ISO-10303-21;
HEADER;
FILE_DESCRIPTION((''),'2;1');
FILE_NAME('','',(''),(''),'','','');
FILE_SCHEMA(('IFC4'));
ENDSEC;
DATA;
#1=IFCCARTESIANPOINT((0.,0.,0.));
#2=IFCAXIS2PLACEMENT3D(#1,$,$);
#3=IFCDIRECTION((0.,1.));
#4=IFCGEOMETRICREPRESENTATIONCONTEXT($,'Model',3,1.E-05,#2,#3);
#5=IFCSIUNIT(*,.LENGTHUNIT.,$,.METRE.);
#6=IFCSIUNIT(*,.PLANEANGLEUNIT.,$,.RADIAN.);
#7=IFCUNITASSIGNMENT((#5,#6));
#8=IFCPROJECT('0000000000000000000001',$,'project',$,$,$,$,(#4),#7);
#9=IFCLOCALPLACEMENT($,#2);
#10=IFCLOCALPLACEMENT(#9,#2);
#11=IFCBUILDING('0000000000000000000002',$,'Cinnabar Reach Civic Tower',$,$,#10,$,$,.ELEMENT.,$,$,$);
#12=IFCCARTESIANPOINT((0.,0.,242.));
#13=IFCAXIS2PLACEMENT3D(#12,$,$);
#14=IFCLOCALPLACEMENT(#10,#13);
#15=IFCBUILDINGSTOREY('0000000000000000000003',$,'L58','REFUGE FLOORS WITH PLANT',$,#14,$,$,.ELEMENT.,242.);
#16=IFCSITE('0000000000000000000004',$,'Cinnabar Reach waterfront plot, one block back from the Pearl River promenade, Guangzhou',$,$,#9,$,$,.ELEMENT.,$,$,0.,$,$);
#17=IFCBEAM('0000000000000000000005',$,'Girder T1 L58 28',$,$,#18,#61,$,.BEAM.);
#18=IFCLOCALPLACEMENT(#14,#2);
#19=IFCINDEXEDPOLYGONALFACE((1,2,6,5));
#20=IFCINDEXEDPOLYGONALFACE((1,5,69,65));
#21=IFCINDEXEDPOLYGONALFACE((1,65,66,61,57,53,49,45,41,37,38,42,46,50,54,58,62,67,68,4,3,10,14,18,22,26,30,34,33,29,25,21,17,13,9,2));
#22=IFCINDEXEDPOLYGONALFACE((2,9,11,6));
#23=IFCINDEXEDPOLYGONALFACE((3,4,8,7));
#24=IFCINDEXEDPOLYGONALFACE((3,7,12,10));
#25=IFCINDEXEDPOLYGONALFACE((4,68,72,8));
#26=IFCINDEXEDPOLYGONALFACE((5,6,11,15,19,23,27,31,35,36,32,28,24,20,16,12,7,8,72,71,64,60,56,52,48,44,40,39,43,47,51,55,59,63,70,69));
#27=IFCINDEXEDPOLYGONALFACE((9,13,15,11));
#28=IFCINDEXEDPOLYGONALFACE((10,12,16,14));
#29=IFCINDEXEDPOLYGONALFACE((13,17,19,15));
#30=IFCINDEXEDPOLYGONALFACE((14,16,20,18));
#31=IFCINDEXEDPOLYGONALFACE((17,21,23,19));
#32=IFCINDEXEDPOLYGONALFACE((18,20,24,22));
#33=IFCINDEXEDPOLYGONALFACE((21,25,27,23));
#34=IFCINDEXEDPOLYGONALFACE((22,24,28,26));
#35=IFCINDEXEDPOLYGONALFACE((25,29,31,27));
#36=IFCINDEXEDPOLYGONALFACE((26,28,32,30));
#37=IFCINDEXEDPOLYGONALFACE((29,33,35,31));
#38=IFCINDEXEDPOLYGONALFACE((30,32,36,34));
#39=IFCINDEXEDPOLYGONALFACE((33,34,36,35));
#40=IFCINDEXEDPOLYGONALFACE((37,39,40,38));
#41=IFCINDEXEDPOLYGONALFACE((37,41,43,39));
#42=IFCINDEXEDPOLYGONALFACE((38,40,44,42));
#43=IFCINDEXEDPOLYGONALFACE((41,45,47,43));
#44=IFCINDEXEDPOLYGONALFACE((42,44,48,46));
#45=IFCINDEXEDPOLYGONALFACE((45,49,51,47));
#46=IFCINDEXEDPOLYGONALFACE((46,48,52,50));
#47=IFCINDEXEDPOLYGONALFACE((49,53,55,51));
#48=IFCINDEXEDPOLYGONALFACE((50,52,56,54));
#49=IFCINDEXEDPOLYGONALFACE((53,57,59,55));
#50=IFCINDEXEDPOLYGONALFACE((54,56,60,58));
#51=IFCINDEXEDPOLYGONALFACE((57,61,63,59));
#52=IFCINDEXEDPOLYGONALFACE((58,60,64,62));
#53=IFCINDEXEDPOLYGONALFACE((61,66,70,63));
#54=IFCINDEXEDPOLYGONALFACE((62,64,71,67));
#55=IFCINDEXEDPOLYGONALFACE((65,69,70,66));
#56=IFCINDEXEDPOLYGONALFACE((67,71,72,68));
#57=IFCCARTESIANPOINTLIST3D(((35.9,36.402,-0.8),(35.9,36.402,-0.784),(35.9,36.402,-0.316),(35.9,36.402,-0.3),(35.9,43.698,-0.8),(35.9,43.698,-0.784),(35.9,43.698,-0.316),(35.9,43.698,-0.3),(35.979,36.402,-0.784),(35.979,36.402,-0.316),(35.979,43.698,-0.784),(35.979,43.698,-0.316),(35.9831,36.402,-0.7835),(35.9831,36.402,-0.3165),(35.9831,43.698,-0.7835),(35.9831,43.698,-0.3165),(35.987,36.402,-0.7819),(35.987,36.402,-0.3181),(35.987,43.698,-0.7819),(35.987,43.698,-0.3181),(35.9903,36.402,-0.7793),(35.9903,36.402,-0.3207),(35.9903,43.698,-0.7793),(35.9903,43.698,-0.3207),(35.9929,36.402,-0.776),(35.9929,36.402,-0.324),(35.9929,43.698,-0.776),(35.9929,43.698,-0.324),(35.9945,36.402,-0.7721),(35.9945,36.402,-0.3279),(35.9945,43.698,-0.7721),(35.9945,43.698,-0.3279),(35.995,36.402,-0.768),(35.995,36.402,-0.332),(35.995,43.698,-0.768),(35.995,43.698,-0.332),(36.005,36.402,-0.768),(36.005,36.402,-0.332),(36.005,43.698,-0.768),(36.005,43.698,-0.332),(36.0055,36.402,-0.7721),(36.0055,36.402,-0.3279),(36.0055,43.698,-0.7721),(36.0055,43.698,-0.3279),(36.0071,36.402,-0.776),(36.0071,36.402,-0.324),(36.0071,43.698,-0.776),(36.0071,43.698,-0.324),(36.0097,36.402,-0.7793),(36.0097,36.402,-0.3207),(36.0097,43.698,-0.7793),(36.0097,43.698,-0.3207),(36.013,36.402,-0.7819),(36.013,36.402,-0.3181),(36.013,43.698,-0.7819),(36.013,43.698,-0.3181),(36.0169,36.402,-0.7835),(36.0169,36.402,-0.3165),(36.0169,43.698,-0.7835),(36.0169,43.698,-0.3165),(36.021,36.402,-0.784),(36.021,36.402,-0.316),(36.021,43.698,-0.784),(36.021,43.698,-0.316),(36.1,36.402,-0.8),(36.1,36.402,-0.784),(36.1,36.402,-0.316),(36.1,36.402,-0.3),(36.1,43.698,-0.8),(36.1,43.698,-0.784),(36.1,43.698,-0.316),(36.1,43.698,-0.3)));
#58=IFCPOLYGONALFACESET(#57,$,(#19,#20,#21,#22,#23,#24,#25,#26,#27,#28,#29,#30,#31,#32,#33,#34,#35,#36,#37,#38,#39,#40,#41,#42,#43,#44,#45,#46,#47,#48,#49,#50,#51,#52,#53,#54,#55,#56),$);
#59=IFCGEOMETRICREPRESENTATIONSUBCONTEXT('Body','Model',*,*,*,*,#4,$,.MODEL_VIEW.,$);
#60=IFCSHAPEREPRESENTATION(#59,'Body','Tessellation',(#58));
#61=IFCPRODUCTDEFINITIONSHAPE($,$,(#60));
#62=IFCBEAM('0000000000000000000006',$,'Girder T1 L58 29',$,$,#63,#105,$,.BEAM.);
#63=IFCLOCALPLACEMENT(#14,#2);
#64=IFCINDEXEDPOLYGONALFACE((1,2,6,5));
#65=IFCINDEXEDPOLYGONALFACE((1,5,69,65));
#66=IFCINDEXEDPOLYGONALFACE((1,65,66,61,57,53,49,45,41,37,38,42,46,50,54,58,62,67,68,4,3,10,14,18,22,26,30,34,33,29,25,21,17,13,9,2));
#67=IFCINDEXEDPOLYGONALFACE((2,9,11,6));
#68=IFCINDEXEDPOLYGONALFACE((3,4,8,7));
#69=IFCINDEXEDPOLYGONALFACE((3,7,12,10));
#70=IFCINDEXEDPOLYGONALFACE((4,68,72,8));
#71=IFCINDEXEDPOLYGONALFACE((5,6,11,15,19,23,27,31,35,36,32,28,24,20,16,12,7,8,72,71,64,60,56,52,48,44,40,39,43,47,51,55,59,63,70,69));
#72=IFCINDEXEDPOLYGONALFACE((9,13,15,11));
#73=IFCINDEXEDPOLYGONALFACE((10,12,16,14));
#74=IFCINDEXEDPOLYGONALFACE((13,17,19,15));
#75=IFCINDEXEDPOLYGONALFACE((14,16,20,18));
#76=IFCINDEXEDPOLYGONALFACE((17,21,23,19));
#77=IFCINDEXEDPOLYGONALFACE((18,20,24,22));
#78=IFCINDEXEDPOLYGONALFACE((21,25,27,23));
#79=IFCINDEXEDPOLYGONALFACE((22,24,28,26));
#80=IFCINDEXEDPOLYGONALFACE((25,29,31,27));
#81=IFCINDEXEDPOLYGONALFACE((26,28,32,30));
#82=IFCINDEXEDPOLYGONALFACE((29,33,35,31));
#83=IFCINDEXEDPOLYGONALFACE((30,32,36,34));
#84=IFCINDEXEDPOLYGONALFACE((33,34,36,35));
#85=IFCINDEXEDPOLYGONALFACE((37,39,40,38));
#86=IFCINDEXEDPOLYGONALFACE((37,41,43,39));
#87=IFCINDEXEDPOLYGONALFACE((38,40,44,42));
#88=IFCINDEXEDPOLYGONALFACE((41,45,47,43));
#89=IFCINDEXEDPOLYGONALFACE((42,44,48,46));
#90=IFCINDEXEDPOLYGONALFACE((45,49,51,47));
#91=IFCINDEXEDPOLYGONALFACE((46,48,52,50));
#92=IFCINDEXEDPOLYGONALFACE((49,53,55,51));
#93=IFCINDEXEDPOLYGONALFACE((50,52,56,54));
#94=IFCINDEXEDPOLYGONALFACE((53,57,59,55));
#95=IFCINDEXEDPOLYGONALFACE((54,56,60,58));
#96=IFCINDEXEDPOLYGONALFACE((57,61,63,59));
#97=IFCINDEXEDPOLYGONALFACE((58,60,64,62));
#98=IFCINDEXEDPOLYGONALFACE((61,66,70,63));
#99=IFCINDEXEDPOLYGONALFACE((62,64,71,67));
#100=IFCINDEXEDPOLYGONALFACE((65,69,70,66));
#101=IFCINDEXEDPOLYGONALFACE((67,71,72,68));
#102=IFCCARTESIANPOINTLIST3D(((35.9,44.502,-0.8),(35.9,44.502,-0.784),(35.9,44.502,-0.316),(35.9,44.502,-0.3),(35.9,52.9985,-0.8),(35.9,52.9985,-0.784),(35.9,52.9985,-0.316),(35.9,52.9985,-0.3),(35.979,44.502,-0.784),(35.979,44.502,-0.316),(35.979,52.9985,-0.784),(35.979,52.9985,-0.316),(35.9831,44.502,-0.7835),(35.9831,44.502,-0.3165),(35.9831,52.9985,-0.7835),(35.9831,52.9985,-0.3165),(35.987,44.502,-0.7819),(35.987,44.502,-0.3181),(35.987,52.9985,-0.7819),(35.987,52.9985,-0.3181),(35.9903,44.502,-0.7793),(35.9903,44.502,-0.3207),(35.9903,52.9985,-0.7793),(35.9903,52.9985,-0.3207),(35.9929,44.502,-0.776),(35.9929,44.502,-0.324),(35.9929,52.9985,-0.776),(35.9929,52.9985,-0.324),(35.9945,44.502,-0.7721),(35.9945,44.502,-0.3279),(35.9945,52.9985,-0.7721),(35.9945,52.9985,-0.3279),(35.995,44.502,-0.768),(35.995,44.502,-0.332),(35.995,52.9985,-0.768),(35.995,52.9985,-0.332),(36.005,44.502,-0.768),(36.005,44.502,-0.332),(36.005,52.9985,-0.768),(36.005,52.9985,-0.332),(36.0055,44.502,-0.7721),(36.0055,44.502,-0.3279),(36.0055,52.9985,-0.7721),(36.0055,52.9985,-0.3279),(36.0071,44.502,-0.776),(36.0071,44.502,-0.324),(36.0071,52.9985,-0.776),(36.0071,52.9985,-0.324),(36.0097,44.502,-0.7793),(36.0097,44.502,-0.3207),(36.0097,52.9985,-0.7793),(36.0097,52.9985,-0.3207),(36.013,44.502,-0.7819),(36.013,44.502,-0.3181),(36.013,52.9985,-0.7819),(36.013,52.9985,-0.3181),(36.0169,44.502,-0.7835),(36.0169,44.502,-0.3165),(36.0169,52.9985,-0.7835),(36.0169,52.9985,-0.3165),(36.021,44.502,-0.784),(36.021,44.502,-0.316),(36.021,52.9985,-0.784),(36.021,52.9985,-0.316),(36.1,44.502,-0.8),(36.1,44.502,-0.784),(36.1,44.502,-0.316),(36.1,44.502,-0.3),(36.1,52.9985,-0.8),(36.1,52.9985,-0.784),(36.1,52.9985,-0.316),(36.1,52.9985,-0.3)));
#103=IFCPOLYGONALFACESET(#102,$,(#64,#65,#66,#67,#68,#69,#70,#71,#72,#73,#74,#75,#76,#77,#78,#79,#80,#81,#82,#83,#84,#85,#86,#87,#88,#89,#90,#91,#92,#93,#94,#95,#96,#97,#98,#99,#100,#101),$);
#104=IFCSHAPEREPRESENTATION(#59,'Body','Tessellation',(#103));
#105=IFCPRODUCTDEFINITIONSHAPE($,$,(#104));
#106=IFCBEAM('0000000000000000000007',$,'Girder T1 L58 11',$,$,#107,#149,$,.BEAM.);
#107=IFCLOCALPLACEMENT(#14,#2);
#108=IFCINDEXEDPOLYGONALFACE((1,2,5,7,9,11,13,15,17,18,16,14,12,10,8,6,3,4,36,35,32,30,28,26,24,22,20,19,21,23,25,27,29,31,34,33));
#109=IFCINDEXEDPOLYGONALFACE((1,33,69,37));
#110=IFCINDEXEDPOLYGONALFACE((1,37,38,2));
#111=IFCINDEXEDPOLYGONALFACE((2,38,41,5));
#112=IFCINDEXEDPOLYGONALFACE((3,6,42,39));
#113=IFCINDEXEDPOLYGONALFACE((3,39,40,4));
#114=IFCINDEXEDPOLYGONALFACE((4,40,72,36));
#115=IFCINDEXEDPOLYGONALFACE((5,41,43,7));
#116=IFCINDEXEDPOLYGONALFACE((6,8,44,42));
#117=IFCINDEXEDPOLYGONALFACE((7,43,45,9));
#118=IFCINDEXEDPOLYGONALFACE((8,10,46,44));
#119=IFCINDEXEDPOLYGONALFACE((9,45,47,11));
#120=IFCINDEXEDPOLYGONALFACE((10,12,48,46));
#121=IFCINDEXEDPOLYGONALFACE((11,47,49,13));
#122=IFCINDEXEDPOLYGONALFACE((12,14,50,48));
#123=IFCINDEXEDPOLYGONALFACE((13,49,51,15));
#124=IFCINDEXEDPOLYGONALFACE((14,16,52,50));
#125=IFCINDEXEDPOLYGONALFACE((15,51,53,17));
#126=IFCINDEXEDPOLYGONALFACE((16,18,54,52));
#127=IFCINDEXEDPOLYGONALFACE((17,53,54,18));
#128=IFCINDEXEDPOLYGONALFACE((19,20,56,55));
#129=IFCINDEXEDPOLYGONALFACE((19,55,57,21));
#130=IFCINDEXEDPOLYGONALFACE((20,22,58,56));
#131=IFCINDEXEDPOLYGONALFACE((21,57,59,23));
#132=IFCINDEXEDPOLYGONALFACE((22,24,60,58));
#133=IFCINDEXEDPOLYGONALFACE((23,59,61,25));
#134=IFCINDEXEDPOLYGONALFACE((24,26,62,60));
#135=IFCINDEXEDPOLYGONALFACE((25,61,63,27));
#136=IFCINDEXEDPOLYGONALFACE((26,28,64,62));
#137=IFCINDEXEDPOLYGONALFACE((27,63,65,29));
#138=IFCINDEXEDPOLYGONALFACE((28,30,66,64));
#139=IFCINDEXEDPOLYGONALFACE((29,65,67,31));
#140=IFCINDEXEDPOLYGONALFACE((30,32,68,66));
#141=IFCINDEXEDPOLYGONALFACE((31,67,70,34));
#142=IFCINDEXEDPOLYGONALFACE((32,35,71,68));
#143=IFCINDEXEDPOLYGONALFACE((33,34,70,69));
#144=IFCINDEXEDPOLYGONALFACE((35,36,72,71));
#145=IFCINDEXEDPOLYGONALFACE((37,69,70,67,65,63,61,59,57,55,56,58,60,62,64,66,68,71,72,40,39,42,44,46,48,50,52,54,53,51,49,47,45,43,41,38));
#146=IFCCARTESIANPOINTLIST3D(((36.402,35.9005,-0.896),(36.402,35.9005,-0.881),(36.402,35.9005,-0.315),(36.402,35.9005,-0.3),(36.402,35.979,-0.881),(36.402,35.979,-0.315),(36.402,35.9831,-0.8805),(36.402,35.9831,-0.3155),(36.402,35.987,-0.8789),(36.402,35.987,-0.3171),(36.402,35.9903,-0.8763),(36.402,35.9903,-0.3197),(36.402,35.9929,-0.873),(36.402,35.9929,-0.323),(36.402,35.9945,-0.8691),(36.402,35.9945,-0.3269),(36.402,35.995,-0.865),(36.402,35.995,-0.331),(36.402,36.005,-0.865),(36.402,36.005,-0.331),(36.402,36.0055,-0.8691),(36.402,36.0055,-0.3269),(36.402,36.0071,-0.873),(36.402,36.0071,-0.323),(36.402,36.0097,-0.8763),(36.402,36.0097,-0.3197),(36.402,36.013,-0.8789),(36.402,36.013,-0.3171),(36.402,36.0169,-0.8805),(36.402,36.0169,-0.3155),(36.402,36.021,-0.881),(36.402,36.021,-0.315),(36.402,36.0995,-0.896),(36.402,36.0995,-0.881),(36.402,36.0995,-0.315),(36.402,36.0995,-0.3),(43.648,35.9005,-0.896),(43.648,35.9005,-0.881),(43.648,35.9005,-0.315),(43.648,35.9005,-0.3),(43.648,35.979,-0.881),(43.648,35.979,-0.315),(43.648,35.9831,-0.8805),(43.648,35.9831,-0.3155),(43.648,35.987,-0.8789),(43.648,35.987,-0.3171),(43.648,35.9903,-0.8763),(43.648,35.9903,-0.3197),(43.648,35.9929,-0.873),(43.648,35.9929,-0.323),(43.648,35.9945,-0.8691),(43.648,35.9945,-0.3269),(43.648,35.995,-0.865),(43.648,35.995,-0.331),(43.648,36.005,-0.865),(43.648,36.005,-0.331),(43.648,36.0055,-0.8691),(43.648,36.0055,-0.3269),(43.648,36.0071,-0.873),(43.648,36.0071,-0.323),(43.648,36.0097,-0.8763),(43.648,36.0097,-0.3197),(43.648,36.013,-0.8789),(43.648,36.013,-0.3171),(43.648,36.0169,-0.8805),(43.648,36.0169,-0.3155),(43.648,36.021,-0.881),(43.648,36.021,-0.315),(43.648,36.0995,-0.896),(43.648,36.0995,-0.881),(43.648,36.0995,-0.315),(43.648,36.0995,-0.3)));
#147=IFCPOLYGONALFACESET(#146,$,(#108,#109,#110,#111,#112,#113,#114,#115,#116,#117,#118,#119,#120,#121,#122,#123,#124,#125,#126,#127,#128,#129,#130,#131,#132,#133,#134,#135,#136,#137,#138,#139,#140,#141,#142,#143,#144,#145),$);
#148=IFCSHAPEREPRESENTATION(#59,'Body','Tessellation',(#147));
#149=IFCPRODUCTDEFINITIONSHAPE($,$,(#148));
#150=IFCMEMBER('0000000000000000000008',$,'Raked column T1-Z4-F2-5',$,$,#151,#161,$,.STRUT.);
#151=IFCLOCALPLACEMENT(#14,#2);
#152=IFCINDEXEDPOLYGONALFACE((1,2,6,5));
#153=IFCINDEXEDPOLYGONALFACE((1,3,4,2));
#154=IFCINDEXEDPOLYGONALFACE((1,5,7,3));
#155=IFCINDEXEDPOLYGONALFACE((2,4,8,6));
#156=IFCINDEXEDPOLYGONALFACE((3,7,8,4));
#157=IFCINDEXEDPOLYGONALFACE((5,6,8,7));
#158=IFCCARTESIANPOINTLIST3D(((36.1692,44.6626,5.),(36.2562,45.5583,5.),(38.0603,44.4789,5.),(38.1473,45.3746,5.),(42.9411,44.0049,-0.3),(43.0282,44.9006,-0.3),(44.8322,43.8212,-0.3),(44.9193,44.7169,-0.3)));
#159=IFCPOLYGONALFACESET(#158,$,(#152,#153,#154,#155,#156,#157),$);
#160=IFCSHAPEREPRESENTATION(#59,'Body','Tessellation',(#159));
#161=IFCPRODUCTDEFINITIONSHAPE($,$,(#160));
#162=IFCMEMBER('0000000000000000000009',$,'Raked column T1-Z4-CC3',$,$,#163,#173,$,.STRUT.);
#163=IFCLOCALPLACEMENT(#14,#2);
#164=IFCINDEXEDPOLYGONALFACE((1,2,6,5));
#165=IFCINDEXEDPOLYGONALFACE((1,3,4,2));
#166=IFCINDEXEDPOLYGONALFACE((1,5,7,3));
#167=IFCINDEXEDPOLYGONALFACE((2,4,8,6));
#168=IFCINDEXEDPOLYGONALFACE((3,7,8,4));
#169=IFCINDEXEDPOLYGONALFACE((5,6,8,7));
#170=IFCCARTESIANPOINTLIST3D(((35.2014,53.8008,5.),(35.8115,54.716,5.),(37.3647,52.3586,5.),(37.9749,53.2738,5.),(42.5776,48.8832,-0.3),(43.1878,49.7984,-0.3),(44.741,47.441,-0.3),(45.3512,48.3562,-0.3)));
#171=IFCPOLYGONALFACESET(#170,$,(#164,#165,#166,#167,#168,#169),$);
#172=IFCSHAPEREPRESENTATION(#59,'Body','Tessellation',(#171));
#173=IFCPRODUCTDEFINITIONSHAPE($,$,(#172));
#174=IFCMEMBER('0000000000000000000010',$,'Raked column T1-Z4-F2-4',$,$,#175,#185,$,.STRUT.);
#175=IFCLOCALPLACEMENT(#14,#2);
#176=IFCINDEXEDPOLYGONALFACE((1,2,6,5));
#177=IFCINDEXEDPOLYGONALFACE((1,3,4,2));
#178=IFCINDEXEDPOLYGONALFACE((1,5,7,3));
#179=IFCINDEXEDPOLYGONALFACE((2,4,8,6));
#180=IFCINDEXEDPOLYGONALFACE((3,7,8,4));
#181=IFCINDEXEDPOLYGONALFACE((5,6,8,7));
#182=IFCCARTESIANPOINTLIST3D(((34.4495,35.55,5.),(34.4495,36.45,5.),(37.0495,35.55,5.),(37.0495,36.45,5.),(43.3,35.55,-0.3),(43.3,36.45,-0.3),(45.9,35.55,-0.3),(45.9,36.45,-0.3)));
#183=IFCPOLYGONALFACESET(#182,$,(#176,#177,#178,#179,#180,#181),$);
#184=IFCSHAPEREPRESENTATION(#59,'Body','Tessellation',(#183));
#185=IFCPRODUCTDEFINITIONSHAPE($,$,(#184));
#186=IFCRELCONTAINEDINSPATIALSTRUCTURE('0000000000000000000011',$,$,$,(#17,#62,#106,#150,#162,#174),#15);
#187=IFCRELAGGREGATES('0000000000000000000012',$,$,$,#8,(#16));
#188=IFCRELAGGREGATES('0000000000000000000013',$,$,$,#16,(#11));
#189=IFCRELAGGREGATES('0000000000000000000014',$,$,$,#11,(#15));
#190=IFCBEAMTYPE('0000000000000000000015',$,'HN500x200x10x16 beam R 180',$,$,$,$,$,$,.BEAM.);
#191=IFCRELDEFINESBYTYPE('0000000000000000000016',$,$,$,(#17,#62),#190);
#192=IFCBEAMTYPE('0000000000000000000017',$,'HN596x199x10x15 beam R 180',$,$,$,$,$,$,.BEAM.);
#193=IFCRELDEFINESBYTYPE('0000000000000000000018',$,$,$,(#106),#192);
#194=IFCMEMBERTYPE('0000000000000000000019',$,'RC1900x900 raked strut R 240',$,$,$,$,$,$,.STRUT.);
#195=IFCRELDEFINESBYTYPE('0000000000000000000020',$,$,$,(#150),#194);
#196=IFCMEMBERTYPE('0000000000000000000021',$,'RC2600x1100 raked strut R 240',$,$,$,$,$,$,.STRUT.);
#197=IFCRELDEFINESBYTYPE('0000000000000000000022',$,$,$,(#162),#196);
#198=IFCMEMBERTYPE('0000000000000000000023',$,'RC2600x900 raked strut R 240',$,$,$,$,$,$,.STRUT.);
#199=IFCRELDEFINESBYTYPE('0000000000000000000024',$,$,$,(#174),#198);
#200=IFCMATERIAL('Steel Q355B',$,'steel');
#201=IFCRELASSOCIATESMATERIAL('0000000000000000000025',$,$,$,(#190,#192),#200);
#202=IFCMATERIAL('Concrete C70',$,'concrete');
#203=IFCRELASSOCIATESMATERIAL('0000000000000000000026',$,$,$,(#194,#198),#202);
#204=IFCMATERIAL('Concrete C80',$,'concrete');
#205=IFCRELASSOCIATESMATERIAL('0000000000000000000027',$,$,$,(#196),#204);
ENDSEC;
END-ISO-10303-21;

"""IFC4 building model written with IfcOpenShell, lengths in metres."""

from ifc_helpers import new_model, si_unit, direction, frame, origin, origin_2d, place, context, subcontext, project, spatial, rectangle, i_section, extrude, material, material_profile, profile_set, type_object, element, save


model = new_model("IFC4")

# Units and contexts
model_context = context("Model", 3, precision=1e-05, world=origin(), true_north=direction((0.0, 1.0)))
body_context = subcontext(model_context, "Body", "Model", "MODEL_VIEW")
ifc_project = project(units=[si_unit("LENGTHUNIT", "METRE"), si_unit("PLANEANGLEUNIT", "RADIAN")], contexts=[model_context])

# Site, building, storey
site_placement = place(None, origin())
site = spatial("IfcSite", under=ifc_project, at=site_placement, Name="Cinnabar Reach waterfront plot, one block back from the Pearl River promenade, Guangzhou", CompositionType="ELEMENT", RefElevation=0.0)
building_placement = place(site_placement, origin())
building = spatial("IfcBuilding", under=site, at=building_placement, Name="Cinnabar Reach Civic Tower", CompositionType="ELEMENT")
storey_placement = place(building_placement, frame((0.0, 0.0, 242.0)))
storey = spatial("IfcBuildingStorey", under=building, at=storey_placement, Name="L58", Description="REFUGE FLOORS WITH PLANT", CompositionType="ELEMENT", Elevation=242.0)

# Shared definitions
ifc_material_1 = material(Name="Concrete C80", Category="concrete")
ifc_material_2 = material(Name="Concrete C70", Category="concrete")

# Beams
ifc_material_3 = material(Name="Steel Q355B", Category="steel")
ifc_material_profile_1 = material_profile(ifc_material_3, i_section(OverallWidth=0.2, OverallDepth=0.5, WebThickness=0.01, FlangeThickness=0.016, FilletRadius=0.016, at=origin_2d()), Name="HN500x200x10x16")
ifc_profile_set_1 = profile_set([ifc_material_profile_1], Name="Steel Q355B")
beam_type_1 = type_object("IfcBeamType", Name="HN500x200x10x16 beam R 180", PredefinedType="BEAM", material=ifc_profile_set_1)
beam_1_placement = place(storey_placement, frame((36.0, 36.402, -0.55), z_axis=(0.0, 1.0, 0.0), x_axis=(-1.0, 0.0, 0.0)))
element("IfcBeam", 1, at=beam_1_placement, inside=storey, type_object=beam_type_1, Name="Girder T1 L58 28", PredefinedType="BEAM", context=body_context, shape_type="SweptSolid", body=[
    extrude(i_section(OverallWidth=0.2, OverallDepth=0.5, WebThickness=0.01, FlangeThickness=0.016, FilletRadius=0.016, at=origin_2d()), origin(), (0.0, 0.0, 1.0), 7.296),
])
beam_2_placement = place(storey_placement, frame((36.0, 44.502, -0.55), z_axis=(0.0, 1.0, 0.0), x_axis=(-1.0, 0.0, 0.0)))
element("IfcBeam", 2, at=beam_2_placement, inside=storey, type_object=beam_type_1, Name="Girder T1 L58 29", PredefinedType="BEAM", context=body_context, shape_type="SweptSolid", body=[
    extrude(i_section(OverallWidth=0.2, OverallDepth=0.5, WebThickness=0.01, FlangeThickness=0.016, FilletRadius=0.016, at=origin_2d()), origin(), (0.0, 0.0, 1.0), 8.4965),
])
ifc_material_profile_2 = material_profile(ifc_material_3, i_section(OverallWidth=0.199, OverallDepth=0.596, WebThickness=0.01, FlangeThickness=0.015, FilletRadius=0.016, at=origin_2d()), Name="HN596x199x10x15")
ifc_profile_set_2 = profile_set([ifc_material_profile_2], Name="Steel Q355B")
beam_type_2 = type_object("IfcBeamType", Name="HN596x199x10x15 beam R 180", PredefinedType="BEAM", material=ifc_profile_set_2)
beam_3_placement = place(storey_placement, frame((36.402, 36.0, -0.598), z_axis=(1.0, 0.0, 0.0), x_axis=(0.0, 1.0, 0.0)))
element("IfcBeam", 3, at=beam_3_placement, inside=storey, type_object=beam_type_2, Name="Girder T1 L58 11", PredefinedType="BEAM", context=body_context, shape_type="SweptSolid", body=[
    extrude(i_section(OverallWidth=0.199, OverallDepth=0.596, WebThickness=0.01, FlangeThickness=0.015, FilletRadius=0.016, at=origin_2d()), origin(), (0.0, 0.0, 1.0), 7.246),
])

# Members
ifc_material_profile_3 = material_profile(ifc_material_2, rectangle(XDim=1.9, YDim=0.9, at=origin_2d()), Name="RC1900x900")
ifc_profile_set_3 = profile_set([ifc_material_profile_3], Name="Concrete C70")
member_type_1 = type_object("IfcMemberType", Name="RC1900x900 raked strut R 240", PredefinedType="STRUT", material=ifc_profile_set_3)
member_1_placement = place(storey_placement, frame((43.9302, 44.3609, -0.3), z_axis=(0.0, 0.0, 1.0), x_axis=(-0.995316, 0.09668, 0.0)))
element("IfcMember", 4, at=member_1_placement, inside=storey, type_object=member_type_1, Name="Raked column T1-Z4-F2-5", PredefinedType="STRUT", context=body_context, shape_type="SweptSolid", body=[
    extrude(rectangle(XDim=1.9, YDim=0.9, at=origin_2d()), origin(), (0.788892, 0.00001, 0.614532), 8.6245),
])
ifc_material_profile_4 = material_profile(ifc_material_1, rectangle(XDim=2.6, YDim=1.1, at=origin_2d()), Name="RC2600x1100")
ifc_profile_set_4 = profile_set([ifc_material_profile_4], Name="Concrete C80")
member_type_2 = type_object("IfcMemberType", Name="RC2600x1100 raked strut R 240", PredefinedType="STRUT", material=ifc_profile_set_4)
member_2_placement = place(storey_placement, frame((43.9644, 48.6197, -0.3), z_axis=(0.0, 0.0, 1.0), x_axis=(-0.832051, 0.554699, 0.0)))
element("IfcMember", 5, at=member_2_placement, inside=storey, type_object=member_type_2, Name="Raked column T1-Z4-CC3", PredefinedType="STRUT", context=body_context, shape_type="SweptSolid", body=[
    extrude(rectangle(XDim=2.6, YDim=1.1, at=origin_2d()), origin(), (0.85831, -0.000006, 0.513132), 10.3287),
])
ifc_material_profile_5 = material_profile(ifc_material_2, rectangle(XDim=2.6, YDim=0.9, at=origin_2d()), Name="RC2600x900")
ifc_profile_set_5 = profile_set([ifc_material_profile_5], Name="Concrete C70")
member_type_3 = type_object("IfcMemberType", Name="RC2600x900 raked strut R 240", PredefinedType="STRUT", material=ifc_profile_set_5)
member_3_placement = place(storey_placement, frame((44.6, 36.0, -0.3), z_axis=(0.0, 0.0, 1.0), x_axis=(-1.0, 0.0, 0.0)))
element("IfcMember", 6, at=member_3_placement, inside=storey, type_object=member_type_3, Name="Raked column T1-Z4-F2-4", PredefinedType="STRUT", context=body_context, shape_type="SweptSolid", body=[
    extrude(rectangle(XDim=2.6, YDim=0.9, at=origin_2d()), origin(), (0.857933, 0.0, 0.513761), 10.3161),
])

save(model, "model.ifc")
